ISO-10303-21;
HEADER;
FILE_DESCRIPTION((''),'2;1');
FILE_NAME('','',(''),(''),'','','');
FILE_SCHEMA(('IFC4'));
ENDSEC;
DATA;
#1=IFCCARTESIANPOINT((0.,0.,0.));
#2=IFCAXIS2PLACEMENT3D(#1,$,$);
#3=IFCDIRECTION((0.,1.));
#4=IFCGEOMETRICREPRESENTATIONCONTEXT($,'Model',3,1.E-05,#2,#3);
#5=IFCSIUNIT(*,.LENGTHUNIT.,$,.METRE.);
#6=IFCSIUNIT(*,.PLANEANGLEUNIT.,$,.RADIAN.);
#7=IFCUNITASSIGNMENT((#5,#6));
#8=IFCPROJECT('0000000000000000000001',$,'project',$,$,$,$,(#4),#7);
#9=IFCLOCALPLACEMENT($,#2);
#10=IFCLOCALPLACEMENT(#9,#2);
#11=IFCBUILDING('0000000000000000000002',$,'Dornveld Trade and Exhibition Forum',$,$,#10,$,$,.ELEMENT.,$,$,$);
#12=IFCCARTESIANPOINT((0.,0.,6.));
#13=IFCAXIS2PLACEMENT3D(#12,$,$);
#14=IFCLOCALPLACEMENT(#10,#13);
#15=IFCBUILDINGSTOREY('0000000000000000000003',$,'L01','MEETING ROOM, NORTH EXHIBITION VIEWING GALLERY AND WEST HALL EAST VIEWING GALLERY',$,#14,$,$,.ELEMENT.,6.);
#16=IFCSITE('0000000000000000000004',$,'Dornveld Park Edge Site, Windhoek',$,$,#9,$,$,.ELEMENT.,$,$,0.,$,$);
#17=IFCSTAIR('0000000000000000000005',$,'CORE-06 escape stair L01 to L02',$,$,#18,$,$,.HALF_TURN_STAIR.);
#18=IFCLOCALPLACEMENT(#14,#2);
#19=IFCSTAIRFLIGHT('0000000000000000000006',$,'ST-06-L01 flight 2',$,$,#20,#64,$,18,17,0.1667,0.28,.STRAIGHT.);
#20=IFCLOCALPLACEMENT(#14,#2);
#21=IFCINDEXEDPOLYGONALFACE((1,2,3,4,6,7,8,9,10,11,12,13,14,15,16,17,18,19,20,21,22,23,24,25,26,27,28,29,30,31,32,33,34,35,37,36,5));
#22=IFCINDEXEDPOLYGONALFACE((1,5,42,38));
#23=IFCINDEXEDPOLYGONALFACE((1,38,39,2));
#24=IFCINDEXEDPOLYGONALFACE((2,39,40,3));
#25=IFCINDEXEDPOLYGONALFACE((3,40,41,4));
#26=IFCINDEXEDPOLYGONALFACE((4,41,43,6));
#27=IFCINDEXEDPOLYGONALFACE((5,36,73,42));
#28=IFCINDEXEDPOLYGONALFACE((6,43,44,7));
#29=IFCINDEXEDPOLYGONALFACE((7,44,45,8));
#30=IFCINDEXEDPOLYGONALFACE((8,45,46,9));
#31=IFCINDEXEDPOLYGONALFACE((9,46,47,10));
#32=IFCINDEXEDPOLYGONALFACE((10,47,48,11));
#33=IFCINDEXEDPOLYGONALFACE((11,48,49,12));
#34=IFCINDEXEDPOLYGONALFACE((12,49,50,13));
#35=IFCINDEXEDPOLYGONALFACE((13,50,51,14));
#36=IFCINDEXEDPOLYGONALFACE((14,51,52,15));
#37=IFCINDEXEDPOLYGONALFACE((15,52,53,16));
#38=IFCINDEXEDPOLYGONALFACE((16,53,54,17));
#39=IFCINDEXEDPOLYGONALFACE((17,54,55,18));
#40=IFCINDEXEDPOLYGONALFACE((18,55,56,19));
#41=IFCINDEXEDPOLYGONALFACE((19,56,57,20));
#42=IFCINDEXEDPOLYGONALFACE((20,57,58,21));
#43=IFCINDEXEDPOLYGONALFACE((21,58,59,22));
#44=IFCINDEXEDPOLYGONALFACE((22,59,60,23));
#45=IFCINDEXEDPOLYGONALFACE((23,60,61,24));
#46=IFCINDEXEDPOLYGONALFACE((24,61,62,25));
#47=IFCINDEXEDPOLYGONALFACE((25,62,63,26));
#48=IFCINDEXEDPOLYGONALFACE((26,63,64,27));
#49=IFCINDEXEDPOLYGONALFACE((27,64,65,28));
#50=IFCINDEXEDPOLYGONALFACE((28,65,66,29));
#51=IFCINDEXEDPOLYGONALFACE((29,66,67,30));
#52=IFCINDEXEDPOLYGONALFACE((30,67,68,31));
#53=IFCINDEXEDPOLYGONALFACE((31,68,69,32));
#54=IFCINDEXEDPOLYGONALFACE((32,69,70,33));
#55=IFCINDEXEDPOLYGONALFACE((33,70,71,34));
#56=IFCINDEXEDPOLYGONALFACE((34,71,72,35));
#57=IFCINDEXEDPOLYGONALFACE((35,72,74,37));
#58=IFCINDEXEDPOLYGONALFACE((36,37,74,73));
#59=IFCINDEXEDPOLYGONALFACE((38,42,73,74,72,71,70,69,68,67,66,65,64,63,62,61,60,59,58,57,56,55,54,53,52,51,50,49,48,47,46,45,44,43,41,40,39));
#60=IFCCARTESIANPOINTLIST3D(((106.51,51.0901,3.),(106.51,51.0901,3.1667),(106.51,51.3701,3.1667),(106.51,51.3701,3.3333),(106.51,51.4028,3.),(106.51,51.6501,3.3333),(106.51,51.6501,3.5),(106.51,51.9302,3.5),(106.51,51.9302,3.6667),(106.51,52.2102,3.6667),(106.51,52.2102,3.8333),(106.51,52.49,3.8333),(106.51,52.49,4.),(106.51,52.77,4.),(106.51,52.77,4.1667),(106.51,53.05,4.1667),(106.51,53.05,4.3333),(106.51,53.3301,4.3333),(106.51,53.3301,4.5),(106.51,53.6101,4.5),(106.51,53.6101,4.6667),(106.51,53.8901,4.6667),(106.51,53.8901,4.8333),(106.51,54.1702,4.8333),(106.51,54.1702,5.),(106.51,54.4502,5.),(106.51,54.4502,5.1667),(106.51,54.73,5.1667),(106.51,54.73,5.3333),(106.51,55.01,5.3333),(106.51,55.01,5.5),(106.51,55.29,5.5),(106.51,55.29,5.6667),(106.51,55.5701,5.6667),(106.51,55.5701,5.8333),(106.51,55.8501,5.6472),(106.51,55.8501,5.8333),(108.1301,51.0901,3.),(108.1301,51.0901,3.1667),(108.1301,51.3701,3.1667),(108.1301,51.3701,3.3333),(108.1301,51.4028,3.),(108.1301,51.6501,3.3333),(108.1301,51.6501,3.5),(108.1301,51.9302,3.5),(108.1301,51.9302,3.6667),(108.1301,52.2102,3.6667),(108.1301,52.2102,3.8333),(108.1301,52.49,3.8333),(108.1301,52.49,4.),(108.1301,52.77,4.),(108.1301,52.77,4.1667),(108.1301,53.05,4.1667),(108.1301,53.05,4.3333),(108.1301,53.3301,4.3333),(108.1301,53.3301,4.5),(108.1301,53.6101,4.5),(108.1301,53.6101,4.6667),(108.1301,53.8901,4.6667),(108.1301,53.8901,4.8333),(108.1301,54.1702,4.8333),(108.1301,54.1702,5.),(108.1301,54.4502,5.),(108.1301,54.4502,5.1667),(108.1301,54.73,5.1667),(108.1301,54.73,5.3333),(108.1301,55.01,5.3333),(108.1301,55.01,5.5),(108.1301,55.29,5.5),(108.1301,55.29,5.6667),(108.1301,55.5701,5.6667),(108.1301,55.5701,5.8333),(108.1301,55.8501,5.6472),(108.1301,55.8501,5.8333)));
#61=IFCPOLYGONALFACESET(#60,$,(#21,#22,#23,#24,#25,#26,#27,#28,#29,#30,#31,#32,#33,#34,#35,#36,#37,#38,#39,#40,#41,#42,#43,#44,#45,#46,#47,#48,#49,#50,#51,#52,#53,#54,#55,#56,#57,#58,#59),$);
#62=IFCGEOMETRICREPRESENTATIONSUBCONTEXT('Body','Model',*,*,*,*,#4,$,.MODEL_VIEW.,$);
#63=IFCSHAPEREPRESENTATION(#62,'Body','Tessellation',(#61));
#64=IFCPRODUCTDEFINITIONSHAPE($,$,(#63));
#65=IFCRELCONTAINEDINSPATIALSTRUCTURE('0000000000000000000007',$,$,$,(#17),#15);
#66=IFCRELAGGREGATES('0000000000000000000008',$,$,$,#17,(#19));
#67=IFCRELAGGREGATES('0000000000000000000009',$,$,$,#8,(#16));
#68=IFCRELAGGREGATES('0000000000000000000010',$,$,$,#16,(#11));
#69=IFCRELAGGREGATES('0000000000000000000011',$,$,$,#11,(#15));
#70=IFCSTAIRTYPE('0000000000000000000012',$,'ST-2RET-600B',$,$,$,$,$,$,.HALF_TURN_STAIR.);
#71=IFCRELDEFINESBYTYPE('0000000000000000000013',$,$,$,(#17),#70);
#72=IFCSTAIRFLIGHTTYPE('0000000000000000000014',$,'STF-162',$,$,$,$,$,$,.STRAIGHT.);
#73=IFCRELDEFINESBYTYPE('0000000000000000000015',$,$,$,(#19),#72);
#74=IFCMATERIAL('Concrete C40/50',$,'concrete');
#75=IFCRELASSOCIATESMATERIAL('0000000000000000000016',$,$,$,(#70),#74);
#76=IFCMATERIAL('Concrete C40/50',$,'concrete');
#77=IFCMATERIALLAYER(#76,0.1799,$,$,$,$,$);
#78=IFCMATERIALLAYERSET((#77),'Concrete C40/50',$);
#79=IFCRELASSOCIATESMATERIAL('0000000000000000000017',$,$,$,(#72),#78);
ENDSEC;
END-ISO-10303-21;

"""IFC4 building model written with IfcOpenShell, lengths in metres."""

from ifc_helpers import new_model, si_unit, direction, frame, origin, place, context, subcontext, project, spatial, polyline, outline, extrude, material, layer, layer_set, type_object, element, aggregate, save


model = new_model("IFC4")

# Units and contexts
model_context = context("Model", 3, precision=1e-05, world=origin(), true_north=direction((0.0, 1.0)))
body_context = subcontext(model_context, "Body", "Model", "MODEL_VIEW")
ifc_project = project(units=[si_unit("LENGTHUNIT", "METRE"), si_unit("PLANEANGLEUNIT", "RADIAN")], contexts=[model_context])

# Site, building, storey
site_placement = place(None, origin())
site = spatial("IfcSite", under=ifc_project, at=site_placement, Name="Dornveld Park Edge Site, Windhoek", CompositionType="ELEMENT", RefElevation=0.0)
building_placement = place(site_placement, origin())
building = spatial("IfcBuilding", under=site, at=building_placement, Name="Dornveld Trade and Exhibition Forum", CompositionType="ELEMENT")
storey_placement = place(building_placement, frame((0.0, 0.0, 6.0)))
storey = spatial("IfcBuildingStorey", under=building, at=storey_placement, Name="L01", Description="MEETING ROOM, NORTH EXHIBITION VIEWING GALLERY AND WEST HALL EAST VIEWING GALLERY", CompositionType="ELEMENT", Elevation=6.0)

# Stair, stair flight
ifc_material_1 = material(Name="Concrete C40/50", Category="concrete")
stair_type = type_object("IfcStairType", Name="ST-2RET-600B", PredefinedType="HALF_TURN_STAIR", material=ifc_material_1)
stair_placement = place(storey_placement, origin())
stair = element("IfcStair", 1, at=stair_placement, inside=storey, type_object=stair_type, Name="CORE-06 escape stair L01 to L02", PredefinedType="HALF_TURN_STAIR")
ifc_material_2 = material(Name="Concrete C40/50", Category="concrete")
ifc_layer_1 = layer(ifc_material_2, 0.1799)
ifc_layer_set_1 = layer_set([ifc_layer_1], Name="Concrete C40/50")
stair_flight_type = type_object("IfcStairFlightType", Name="STF-162", PredefinedType="STRAIGHT", material=ifc_layer_set_1)
stair_flight_1_placement = place(storey_placement, frame((107.3201, 51.0901, 3.0), z_axis=(0.0, 0.0, 1.0), x_axis=(0.0, 1.0, 0.0)))
stair_flight_1 = element("IfcStairFlight", 2, at=stair_flight_1_placement, type_object=stair_flight_type, Name="ST-06-L01 flight 2", NumberOfRisers=18, NumberOfTreads=17, PredefinedType="STRAIGHT", RiserHeight=0.1667, TreadLength=0.28, context=body_context, shape_type="SweptSolid", body=[
    extrude(outline(polyline([(0.0, 0.0), (0.0, 0.1667), (0.28, 0.1667), (0.28, 0.3333), (0.5601, 0.3333), (0.5601, 0.5), (0.8401, 0.5), (0.8401, 0.6667), (1.1201, 0.6667), (1.1201, 0.8333), (1.3999, 0.8333), (1.3999, 1.0), (1.6799, 1.0), (1.6799, 1.1667), (1.96, 1.1667), (1.96, 1.3333), (2.24, 1.3333), (2.24, 1.5), (2.52, 1.5), (2.52, 1.6667), (2.8, 1.6667), (2.8, 1.8333), (3.0801, 1.8333), (3.0801, 2.0), (3.3601, 2.0), (3.3601, 2.1667), (3.6399, 2.1667), (3.6399, 2.3333), (3.9199, 2.3333), (3.9199, 2.5), (4.2, 2.5), (4.2, 2.6667), (4.48, 2.6667), (4.48, 2.8333), (4.76, 2.8333), (4.76, 3.0), (4.76, 2.6472), (0.3127, 0.0), (0.0, 0.0)])), frame((0.0, 0.8101, 0.0), z_axis=(0.0, -1.0, 0.0), x_axis=(1.0, 0.0, 0.0)), (0.0, 0.0, 1.0), 1.6201),
])
aggregate(stair, [stair_flight_1])

save(model, "model.ifc")
